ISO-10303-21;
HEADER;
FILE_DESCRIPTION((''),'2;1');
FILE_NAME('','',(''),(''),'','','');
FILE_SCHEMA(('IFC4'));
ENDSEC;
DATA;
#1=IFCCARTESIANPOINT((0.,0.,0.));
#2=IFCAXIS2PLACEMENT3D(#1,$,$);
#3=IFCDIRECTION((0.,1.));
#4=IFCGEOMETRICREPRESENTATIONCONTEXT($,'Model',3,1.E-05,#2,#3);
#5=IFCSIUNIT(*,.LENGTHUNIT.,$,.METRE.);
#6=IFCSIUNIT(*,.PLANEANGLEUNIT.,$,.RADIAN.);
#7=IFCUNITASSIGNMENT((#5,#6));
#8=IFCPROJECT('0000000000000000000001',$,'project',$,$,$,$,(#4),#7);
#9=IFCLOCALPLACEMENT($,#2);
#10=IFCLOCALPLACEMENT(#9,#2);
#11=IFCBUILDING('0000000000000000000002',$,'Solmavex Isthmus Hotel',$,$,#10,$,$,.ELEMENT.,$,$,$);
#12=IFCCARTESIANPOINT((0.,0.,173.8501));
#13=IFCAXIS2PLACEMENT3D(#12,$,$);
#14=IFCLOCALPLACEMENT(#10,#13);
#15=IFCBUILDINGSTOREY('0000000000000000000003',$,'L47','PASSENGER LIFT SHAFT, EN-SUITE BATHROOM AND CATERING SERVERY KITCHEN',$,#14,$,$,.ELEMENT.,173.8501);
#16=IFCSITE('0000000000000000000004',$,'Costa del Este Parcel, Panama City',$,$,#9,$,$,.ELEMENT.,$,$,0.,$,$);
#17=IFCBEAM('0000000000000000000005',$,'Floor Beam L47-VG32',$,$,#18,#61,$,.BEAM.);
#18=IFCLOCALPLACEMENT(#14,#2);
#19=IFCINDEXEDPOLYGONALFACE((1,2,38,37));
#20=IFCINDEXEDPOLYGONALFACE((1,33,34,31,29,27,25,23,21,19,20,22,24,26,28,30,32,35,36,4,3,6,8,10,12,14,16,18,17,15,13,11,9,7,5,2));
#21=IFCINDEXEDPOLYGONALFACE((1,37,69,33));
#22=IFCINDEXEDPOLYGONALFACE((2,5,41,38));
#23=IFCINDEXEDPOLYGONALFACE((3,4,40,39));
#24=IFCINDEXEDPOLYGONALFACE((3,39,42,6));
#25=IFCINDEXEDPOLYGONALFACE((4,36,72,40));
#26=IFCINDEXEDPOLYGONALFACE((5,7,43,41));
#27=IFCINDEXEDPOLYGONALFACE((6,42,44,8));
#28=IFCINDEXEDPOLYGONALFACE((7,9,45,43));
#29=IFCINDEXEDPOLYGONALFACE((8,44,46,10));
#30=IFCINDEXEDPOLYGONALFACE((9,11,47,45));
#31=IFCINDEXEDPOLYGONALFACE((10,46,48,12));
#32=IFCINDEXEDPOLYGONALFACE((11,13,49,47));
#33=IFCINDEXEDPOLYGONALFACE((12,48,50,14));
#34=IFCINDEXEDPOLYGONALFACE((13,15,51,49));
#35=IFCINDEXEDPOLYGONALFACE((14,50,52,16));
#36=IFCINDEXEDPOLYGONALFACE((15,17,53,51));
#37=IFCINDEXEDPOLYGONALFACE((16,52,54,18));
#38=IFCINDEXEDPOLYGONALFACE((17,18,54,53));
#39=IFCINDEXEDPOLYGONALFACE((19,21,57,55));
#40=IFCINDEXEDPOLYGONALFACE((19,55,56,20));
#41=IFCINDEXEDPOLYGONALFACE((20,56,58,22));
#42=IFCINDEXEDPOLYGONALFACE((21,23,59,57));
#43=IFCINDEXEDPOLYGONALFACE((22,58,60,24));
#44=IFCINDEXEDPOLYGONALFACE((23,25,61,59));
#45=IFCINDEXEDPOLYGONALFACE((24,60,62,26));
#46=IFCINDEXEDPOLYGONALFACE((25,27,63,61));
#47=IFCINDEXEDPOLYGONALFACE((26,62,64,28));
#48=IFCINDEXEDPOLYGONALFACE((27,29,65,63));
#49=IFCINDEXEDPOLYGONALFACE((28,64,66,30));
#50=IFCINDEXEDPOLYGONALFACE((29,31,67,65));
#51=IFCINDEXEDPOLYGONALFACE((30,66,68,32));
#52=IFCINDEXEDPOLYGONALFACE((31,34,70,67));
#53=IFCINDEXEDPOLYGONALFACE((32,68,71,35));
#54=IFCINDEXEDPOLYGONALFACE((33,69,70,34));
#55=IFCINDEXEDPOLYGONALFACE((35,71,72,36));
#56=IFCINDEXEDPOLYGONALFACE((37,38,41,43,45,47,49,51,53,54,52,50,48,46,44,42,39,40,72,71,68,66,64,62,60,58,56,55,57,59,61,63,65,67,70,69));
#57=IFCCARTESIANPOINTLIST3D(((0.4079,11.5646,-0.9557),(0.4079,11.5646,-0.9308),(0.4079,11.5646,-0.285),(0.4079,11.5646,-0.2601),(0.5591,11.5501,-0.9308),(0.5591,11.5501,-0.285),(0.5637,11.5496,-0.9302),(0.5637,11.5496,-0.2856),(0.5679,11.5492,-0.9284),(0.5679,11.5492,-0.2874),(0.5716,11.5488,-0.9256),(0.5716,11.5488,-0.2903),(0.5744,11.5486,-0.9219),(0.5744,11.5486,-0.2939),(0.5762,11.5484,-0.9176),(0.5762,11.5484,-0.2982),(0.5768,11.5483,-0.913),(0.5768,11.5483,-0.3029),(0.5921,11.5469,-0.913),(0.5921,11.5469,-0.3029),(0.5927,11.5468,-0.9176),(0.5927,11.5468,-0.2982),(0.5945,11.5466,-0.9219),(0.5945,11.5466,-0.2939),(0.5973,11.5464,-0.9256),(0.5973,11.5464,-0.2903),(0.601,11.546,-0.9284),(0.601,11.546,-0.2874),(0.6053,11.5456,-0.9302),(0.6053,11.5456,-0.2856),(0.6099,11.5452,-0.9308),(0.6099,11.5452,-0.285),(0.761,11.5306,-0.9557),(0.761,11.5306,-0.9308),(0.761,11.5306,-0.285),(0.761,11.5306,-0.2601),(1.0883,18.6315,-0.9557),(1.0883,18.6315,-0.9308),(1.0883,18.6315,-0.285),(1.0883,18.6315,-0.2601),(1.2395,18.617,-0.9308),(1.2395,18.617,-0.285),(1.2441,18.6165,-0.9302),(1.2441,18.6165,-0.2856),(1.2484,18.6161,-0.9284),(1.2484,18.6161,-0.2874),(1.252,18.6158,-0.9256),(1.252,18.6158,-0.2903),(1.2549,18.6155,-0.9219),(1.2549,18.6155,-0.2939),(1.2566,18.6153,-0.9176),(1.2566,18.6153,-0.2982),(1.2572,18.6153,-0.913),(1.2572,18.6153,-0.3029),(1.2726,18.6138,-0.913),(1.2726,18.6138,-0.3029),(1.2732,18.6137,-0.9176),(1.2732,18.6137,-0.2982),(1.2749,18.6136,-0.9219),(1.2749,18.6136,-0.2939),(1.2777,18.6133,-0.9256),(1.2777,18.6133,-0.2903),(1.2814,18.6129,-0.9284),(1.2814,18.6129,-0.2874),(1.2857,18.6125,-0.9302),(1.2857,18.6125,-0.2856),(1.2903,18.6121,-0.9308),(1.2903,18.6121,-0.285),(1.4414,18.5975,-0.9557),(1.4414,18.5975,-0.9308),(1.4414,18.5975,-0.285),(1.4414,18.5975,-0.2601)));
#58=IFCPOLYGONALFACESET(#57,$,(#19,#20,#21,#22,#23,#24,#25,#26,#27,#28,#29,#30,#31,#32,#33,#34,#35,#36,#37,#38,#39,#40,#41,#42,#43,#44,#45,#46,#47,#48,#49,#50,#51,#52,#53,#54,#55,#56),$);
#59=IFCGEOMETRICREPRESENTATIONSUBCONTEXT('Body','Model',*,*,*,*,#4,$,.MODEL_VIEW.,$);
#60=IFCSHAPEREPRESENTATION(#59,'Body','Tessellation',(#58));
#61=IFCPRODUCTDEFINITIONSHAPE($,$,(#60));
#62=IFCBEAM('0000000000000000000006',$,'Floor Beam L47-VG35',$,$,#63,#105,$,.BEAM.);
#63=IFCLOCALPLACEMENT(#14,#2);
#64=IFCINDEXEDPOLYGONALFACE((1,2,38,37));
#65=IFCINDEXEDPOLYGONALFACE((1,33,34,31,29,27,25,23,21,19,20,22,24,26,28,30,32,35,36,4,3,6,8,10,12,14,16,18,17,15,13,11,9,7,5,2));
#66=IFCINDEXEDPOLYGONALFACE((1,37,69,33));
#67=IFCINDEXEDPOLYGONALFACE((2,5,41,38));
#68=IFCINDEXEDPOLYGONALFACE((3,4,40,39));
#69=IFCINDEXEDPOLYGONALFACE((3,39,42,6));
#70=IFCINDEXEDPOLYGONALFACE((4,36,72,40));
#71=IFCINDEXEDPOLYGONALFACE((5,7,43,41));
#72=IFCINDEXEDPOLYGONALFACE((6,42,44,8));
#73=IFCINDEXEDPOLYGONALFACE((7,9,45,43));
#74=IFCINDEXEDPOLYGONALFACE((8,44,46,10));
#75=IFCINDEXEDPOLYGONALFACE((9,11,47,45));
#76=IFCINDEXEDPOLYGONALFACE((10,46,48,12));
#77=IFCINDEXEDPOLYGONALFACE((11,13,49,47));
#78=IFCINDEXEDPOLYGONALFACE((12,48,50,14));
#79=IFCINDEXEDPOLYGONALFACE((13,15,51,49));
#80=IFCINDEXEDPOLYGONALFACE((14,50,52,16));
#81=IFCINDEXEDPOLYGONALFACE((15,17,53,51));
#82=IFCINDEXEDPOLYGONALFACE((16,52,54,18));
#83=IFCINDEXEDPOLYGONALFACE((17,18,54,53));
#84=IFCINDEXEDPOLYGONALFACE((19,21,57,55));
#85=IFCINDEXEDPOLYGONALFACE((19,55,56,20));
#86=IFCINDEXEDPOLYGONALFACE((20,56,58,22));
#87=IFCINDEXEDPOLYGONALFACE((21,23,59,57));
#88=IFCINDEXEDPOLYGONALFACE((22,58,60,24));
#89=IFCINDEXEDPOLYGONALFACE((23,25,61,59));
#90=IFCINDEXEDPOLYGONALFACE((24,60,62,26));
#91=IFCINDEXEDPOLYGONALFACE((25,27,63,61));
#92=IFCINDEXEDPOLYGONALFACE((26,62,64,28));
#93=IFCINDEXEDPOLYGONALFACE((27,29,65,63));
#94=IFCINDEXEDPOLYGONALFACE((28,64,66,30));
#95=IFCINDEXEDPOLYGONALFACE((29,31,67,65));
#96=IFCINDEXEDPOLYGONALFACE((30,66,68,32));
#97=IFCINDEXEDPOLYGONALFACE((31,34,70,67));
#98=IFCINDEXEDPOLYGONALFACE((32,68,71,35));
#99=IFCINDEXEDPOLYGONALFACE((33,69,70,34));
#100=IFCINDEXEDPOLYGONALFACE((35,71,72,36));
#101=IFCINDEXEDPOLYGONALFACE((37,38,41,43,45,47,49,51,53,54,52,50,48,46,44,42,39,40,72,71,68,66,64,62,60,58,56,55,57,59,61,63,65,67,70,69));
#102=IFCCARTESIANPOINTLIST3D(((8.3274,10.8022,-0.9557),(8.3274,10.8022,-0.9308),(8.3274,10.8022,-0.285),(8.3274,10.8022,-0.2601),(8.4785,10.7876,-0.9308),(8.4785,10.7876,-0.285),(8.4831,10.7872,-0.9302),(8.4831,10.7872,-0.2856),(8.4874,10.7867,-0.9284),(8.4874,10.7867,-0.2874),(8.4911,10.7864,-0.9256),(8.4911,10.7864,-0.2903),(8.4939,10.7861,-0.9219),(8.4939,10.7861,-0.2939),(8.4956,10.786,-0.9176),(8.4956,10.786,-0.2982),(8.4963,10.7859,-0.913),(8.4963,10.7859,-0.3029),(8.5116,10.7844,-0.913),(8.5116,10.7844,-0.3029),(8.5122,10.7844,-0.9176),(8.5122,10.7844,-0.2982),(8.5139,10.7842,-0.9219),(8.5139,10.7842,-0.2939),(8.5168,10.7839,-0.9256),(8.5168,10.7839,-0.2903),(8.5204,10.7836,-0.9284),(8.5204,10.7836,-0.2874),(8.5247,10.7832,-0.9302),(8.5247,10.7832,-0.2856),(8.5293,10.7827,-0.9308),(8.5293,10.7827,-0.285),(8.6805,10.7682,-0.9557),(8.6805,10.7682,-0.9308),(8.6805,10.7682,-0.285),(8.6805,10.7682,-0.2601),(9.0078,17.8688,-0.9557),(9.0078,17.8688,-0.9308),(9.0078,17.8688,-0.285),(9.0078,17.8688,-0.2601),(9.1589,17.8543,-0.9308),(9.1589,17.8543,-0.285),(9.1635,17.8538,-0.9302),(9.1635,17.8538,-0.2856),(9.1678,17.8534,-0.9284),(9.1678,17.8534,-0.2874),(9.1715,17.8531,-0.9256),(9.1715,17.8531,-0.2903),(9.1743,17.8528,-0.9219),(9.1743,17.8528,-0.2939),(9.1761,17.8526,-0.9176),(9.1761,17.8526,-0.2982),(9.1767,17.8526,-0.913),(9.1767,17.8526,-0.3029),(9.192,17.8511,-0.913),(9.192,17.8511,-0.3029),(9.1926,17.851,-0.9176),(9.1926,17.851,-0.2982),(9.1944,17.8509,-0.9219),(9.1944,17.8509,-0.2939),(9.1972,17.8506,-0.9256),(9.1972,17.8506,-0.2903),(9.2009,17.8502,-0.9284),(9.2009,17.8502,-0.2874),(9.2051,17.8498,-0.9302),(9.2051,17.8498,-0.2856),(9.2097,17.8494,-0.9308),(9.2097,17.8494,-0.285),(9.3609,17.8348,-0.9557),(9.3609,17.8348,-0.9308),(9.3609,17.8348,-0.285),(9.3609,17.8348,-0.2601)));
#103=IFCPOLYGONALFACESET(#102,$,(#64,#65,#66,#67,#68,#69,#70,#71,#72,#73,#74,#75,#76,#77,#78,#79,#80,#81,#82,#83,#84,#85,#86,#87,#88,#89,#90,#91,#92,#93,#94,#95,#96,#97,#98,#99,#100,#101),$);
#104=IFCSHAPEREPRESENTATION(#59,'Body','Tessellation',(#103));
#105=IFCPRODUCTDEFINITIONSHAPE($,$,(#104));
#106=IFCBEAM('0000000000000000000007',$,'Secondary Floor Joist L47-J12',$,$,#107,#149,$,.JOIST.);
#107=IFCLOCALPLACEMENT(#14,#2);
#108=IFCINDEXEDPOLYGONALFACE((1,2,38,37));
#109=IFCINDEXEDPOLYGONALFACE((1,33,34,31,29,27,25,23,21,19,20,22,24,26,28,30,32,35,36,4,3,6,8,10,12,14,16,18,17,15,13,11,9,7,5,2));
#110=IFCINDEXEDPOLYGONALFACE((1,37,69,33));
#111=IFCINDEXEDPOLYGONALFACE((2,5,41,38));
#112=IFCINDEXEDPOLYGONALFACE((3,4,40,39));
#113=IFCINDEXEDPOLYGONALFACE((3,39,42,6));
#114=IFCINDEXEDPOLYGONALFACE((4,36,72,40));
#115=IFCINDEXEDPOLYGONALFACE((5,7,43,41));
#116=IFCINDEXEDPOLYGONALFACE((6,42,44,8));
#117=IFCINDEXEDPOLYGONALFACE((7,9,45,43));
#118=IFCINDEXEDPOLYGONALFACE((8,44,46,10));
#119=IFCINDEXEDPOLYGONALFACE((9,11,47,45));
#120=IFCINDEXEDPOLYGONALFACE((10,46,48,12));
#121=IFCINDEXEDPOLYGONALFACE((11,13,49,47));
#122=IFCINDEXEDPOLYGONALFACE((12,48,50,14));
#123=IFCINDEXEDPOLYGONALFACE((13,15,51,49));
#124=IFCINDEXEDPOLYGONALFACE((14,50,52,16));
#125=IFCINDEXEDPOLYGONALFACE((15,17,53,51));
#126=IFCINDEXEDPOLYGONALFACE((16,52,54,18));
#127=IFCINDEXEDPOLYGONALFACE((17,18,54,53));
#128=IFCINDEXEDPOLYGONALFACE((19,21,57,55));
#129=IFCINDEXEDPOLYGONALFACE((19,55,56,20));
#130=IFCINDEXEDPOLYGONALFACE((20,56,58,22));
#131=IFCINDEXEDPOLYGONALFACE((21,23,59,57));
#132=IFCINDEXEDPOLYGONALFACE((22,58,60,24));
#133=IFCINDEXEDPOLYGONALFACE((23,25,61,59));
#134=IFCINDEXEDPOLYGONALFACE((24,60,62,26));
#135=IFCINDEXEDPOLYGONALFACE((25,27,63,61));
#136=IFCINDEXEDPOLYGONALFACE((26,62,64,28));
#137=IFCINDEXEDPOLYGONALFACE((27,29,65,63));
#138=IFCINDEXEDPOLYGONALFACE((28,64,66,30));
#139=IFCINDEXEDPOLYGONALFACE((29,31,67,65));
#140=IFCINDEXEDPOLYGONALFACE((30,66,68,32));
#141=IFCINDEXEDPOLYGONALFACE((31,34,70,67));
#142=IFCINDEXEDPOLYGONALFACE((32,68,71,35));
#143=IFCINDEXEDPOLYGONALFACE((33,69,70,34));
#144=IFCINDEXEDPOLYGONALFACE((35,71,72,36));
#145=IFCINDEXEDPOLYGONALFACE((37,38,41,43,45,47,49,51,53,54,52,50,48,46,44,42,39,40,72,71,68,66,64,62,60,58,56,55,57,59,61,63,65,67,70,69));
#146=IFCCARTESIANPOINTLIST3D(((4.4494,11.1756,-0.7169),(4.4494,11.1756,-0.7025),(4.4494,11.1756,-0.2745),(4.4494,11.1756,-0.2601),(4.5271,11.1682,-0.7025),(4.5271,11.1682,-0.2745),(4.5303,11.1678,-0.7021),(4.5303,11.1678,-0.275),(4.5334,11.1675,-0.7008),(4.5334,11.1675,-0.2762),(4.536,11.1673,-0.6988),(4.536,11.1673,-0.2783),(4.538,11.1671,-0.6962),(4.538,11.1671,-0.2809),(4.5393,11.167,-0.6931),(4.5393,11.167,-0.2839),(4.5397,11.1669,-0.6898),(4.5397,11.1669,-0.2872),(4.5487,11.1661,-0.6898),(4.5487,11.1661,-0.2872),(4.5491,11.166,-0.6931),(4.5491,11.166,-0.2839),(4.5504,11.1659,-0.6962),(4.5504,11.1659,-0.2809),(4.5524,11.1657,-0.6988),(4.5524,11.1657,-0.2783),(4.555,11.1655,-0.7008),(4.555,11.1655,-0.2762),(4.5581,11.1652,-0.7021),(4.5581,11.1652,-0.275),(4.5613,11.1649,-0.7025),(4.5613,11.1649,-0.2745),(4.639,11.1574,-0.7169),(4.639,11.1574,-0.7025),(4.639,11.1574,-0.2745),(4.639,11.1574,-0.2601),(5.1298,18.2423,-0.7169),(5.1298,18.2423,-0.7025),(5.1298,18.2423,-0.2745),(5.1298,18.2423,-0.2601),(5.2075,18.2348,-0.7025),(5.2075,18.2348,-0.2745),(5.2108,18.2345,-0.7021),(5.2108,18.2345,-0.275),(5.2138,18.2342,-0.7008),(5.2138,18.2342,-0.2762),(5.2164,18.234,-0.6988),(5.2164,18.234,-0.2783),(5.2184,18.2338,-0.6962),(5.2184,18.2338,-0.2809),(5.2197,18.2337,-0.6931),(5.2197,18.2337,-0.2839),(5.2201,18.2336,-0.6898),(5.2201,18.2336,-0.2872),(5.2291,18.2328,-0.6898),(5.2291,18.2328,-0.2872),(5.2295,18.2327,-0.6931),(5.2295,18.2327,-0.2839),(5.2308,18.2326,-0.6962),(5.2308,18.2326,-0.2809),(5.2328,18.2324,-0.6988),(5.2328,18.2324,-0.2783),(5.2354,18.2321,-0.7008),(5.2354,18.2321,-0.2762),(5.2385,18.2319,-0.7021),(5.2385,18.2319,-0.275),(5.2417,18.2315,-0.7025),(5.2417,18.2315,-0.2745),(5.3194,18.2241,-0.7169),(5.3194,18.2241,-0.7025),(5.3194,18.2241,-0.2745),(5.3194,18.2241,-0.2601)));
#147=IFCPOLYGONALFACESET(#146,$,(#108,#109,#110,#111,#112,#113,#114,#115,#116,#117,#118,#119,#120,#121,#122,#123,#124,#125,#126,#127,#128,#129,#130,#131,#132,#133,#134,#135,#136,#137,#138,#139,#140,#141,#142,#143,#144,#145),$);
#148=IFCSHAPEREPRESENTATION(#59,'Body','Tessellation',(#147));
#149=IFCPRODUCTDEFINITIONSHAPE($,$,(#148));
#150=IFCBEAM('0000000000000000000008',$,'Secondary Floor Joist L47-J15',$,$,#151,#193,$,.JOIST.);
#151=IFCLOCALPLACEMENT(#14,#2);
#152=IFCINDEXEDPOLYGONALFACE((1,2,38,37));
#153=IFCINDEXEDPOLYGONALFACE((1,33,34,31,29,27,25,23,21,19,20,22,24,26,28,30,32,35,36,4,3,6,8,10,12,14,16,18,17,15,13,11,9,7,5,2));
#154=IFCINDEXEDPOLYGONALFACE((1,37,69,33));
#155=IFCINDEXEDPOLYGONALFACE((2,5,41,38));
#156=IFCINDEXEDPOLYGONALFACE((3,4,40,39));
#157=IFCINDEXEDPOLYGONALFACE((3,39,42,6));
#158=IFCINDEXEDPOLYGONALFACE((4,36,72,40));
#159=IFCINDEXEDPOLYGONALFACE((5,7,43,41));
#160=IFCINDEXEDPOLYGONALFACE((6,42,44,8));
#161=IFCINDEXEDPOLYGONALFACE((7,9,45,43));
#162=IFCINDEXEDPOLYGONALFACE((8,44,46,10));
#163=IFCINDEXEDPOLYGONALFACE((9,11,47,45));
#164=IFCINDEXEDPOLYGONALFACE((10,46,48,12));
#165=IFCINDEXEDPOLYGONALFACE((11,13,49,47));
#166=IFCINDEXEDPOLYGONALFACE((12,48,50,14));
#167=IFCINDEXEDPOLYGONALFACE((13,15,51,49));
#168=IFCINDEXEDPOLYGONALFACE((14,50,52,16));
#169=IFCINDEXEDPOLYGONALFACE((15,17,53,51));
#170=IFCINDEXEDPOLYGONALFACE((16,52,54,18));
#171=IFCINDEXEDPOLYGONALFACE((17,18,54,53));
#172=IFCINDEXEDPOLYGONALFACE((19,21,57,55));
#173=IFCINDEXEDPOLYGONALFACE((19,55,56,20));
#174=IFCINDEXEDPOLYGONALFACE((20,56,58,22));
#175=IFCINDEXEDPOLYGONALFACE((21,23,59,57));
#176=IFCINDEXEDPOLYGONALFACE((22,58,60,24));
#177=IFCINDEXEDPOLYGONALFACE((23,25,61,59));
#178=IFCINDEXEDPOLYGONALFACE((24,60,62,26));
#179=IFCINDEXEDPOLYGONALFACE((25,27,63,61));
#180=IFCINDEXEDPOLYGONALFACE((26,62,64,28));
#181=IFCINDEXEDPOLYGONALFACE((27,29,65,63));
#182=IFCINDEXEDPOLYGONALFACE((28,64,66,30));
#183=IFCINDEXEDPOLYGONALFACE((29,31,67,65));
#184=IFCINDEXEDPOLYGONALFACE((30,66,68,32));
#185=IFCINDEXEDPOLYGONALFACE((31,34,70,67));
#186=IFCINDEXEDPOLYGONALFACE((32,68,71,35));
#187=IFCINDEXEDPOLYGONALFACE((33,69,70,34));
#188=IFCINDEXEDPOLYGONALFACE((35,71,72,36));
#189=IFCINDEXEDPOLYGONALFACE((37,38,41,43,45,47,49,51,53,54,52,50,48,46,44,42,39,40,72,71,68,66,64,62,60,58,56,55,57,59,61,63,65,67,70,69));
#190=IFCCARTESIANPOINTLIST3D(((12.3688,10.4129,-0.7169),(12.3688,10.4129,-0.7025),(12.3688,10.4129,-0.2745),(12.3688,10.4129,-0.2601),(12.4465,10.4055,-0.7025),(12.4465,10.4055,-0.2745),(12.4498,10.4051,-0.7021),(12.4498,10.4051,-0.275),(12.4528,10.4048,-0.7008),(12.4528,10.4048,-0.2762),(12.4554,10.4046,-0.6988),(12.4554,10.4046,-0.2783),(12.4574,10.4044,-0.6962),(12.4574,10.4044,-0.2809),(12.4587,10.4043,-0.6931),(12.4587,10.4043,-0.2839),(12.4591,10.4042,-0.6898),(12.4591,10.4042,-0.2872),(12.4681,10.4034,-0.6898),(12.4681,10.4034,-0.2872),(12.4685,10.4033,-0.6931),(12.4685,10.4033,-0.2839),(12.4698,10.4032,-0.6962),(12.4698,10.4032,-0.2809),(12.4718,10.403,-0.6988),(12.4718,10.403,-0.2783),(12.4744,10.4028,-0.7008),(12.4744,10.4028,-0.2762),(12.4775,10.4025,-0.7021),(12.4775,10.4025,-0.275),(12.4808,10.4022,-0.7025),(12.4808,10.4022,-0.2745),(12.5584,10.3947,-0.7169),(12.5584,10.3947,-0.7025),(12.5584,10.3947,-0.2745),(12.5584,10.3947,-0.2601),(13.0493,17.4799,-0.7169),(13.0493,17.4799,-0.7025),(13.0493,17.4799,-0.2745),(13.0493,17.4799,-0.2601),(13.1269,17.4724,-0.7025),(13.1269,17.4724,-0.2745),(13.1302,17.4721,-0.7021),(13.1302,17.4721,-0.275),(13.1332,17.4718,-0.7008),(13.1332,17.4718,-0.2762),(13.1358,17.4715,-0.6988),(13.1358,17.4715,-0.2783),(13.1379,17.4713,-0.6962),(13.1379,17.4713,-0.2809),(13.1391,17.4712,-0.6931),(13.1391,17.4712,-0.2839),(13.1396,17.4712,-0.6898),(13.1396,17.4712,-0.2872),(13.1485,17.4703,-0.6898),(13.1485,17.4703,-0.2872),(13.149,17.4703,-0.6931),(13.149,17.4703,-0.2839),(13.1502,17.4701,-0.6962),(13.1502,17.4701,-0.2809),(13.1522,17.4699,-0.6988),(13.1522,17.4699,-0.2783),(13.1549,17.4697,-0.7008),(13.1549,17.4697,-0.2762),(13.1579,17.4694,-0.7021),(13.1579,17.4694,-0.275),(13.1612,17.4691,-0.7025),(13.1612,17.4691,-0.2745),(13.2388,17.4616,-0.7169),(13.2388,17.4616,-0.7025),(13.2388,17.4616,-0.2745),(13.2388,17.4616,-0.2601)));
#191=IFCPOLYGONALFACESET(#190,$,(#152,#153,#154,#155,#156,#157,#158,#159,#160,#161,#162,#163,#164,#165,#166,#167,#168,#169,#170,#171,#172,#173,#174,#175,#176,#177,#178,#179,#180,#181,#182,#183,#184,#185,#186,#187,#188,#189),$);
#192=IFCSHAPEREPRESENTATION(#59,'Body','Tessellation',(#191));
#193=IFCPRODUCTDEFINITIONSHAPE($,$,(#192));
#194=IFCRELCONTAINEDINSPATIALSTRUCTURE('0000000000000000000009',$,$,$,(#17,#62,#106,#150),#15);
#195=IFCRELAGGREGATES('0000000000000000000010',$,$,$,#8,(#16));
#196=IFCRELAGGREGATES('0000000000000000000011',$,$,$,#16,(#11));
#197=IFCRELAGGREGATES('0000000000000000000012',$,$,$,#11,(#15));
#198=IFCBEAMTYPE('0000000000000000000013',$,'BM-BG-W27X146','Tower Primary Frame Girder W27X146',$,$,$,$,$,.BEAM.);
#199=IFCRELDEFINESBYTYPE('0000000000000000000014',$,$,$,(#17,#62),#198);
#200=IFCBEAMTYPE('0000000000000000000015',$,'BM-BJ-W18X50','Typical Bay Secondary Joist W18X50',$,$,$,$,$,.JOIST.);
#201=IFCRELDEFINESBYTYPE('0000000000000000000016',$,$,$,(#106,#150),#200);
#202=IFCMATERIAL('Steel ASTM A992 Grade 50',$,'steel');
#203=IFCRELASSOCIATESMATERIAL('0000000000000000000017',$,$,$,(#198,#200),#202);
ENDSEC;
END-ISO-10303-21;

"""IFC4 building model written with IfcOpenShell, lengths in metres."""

from ifc_helpers import new_model, si_unit, direction, frame, origin, origin_2d, place, context, subcontext, project, spatial, i_section, extrude, material, material_profile, profile_set, type_object, element, save


model = new_model("IFC4")

# Units and contexts
model_context = context("Model", 3, precision=1e-05, world=origin(), true_north=direction((0.0, 1.0)))
body_context = subcontext(model_context, "Body", "Model", "MODEL_VIEW")
ifc_project = project(units=[si_unit("LENGTHUNIT", "METRE"), si_unit("PLANEANGLEUNIT", "RADIAN")], contexts=[model_context])

# Site, building, storey
site_placement = place(None, origin())
site = spatial("IfcSite", under=ifc_project, at=site_placement, Name="Costa del Este Parcel, Panama City", CompositionType="ELEMENT", RefElevation=0.0)
building_placement = place(site_placement, origin())
building = spatial("IfcBuilding", under=site, at=building_placement, Name="Solmavex Isthmus Hotel", CompositionType="ELEMENT")
storey_placement = place(building_placement, frame((0.0, 0.0, 173.8501)))
storey = spatial("IfcBuildingStorey", under=building, at=storey_placement, Name="L47", Description="PASSENGER LIFT SHAFT, EN-SUITE BATHROOM AND CATERING SERVERY KITCHEN", CompositionType="ELEMENT", Elevation=173.8501)

# Beams
ifc_material_1 = material(Name="Steel ASTM A992 Grade 50", Category="steel")
ifc_material_profile_1 = material_profile(ifc_material_1, i_section(OverallWidth=0.3547, OverallDepth=0.6956, WebThickness=0.0154, FlangeThickness=0.0249, FilletRadius=0.0178, at=origin_2d()), Name="W27X146")
ifc_profile_set_1 = profile_set([ifc_material_profile_1], Name="Steel ASTM A992 Grade 50")
beam_type_1 = type_object("IfcBeamType", Name="BM-BG-W27X146", Description="Tower Primary Frame Girder W27X146", PredefinedType="BEAM", material=ifc_profile_set_1)
beam_1_placement = place(storey_placement, frame((0.5845, 11.5476, -0.6079), z_axis=(0.09584, 0.995397, 0.0), x_axis=(-0.995397, 0.09584, 0.0)))
element("IfcBeam", 1, at=beam_1_placement, inside=storey, type_object=beam_type_1, Name="Floor Beam L47-VG32", PredefinedType="BEAM", context=body_context, shape_type="SweptSolid", body=[
    extrude(i_section(OverallWidth=0.3547, OverallDepth=0.6956, WebThickness=0.0154, FlangeThickness=0.0249, FilletRadius=0.0178, at=origin_2d()), origin(), (0.0, 0.0, 1.0), 7.0996),
])
beam_2_placement = place(storey_placement, frame((8.5039, 10.7852, -0.6079), z_axis=(0.095843, 0.995396, 0.0), x_axis=(-0.995396, 0.095843, 0.0)))
element("IfcBeam", 2, at=beam_2_placement, inside=storey, type_object=beam_type_1, Name="Floor Beam L47-VG35", PredefinedType="BEAM", context=body_context, shape_type="SweptSolid", body=[
    extrude(i_section(OverallWidth=0.3547, OverallDepth=0.6956, WebThickness=0.0154, FlangeThickness=0.0249, FilletRadius=0.0178, at=origin_2d()), origin(), (0.0, 0.0, 1.0), 7.0994),
])
ifc_material_profile_2 = material_profile(ifc_material_1, i_section(OverallWidth=0.1904, OverallDepth=0.4568, WebThickness=0.009, FlangeThickness=0.0144, FilletRadius=0.0127, at=origin_2d()), Name="W18X50")
ifc_profile_set_2 = profile_set([ifc_material_profile_2], Name="Steel ASTM A992 Grade 50")
beam_type_2 = type_object("IfcBeamType", Name="BM-BJ-W18X50", Description="Typical Bay Secondary Joist W18X50", PredefinedType="JOIST", material=ifc_profile_set_2)
beam_3_placement = place(storey_placement, frame((4.5442, 11.1665, -0.4885), z_axis=(0.095843, 0.995396, 0.0), x_axis=(-0.995396, 0.095843, 0.0)))
element("IfcBeam", 3, at=beam_3_placement, inside=storey, type_object=beam_type_2, Name="Secondary Floor Joist L47-J12", PredefinedType="JOIST", context=body_context, shape_type="SweptSolid", body=[
    extrude(i_section(OverallWidth=0.1904, OverallDepth=0.4568, WebThickness=0.009, FlangeThickness=0.0144, FilletRadius=0.0127, at=origin_2d()), origin(), (0.0, 0.0, 1.0), 7.0994),
])
beam_4_placement = place(storey_placement, frame((12.4636, 10.4038, -0.4885), z_axis=(0.09584, 0.995397, 0.0), x_axis=(-0.995397, 0.09584, 0.0)))
element("IfcBeam", 4, at=beam_4_placement, inside=storey, type_object=beam_type_2, Name="Secondary Floor Joist L47-J15", PredefinedType="JOIST", context=body_context, shape_type="SweptSolid", body=[
    extrude(i_section(OverallWidth=0.1904, OverallDepth=0.4568, WebThickness=0.009, FlangeThickness=0.0144, FilletRadius=0.0127, at=origin_2d()), origin(), (0.0, 0.0, 1.0), 7.0996),
])

save(model, "model.ifc")
